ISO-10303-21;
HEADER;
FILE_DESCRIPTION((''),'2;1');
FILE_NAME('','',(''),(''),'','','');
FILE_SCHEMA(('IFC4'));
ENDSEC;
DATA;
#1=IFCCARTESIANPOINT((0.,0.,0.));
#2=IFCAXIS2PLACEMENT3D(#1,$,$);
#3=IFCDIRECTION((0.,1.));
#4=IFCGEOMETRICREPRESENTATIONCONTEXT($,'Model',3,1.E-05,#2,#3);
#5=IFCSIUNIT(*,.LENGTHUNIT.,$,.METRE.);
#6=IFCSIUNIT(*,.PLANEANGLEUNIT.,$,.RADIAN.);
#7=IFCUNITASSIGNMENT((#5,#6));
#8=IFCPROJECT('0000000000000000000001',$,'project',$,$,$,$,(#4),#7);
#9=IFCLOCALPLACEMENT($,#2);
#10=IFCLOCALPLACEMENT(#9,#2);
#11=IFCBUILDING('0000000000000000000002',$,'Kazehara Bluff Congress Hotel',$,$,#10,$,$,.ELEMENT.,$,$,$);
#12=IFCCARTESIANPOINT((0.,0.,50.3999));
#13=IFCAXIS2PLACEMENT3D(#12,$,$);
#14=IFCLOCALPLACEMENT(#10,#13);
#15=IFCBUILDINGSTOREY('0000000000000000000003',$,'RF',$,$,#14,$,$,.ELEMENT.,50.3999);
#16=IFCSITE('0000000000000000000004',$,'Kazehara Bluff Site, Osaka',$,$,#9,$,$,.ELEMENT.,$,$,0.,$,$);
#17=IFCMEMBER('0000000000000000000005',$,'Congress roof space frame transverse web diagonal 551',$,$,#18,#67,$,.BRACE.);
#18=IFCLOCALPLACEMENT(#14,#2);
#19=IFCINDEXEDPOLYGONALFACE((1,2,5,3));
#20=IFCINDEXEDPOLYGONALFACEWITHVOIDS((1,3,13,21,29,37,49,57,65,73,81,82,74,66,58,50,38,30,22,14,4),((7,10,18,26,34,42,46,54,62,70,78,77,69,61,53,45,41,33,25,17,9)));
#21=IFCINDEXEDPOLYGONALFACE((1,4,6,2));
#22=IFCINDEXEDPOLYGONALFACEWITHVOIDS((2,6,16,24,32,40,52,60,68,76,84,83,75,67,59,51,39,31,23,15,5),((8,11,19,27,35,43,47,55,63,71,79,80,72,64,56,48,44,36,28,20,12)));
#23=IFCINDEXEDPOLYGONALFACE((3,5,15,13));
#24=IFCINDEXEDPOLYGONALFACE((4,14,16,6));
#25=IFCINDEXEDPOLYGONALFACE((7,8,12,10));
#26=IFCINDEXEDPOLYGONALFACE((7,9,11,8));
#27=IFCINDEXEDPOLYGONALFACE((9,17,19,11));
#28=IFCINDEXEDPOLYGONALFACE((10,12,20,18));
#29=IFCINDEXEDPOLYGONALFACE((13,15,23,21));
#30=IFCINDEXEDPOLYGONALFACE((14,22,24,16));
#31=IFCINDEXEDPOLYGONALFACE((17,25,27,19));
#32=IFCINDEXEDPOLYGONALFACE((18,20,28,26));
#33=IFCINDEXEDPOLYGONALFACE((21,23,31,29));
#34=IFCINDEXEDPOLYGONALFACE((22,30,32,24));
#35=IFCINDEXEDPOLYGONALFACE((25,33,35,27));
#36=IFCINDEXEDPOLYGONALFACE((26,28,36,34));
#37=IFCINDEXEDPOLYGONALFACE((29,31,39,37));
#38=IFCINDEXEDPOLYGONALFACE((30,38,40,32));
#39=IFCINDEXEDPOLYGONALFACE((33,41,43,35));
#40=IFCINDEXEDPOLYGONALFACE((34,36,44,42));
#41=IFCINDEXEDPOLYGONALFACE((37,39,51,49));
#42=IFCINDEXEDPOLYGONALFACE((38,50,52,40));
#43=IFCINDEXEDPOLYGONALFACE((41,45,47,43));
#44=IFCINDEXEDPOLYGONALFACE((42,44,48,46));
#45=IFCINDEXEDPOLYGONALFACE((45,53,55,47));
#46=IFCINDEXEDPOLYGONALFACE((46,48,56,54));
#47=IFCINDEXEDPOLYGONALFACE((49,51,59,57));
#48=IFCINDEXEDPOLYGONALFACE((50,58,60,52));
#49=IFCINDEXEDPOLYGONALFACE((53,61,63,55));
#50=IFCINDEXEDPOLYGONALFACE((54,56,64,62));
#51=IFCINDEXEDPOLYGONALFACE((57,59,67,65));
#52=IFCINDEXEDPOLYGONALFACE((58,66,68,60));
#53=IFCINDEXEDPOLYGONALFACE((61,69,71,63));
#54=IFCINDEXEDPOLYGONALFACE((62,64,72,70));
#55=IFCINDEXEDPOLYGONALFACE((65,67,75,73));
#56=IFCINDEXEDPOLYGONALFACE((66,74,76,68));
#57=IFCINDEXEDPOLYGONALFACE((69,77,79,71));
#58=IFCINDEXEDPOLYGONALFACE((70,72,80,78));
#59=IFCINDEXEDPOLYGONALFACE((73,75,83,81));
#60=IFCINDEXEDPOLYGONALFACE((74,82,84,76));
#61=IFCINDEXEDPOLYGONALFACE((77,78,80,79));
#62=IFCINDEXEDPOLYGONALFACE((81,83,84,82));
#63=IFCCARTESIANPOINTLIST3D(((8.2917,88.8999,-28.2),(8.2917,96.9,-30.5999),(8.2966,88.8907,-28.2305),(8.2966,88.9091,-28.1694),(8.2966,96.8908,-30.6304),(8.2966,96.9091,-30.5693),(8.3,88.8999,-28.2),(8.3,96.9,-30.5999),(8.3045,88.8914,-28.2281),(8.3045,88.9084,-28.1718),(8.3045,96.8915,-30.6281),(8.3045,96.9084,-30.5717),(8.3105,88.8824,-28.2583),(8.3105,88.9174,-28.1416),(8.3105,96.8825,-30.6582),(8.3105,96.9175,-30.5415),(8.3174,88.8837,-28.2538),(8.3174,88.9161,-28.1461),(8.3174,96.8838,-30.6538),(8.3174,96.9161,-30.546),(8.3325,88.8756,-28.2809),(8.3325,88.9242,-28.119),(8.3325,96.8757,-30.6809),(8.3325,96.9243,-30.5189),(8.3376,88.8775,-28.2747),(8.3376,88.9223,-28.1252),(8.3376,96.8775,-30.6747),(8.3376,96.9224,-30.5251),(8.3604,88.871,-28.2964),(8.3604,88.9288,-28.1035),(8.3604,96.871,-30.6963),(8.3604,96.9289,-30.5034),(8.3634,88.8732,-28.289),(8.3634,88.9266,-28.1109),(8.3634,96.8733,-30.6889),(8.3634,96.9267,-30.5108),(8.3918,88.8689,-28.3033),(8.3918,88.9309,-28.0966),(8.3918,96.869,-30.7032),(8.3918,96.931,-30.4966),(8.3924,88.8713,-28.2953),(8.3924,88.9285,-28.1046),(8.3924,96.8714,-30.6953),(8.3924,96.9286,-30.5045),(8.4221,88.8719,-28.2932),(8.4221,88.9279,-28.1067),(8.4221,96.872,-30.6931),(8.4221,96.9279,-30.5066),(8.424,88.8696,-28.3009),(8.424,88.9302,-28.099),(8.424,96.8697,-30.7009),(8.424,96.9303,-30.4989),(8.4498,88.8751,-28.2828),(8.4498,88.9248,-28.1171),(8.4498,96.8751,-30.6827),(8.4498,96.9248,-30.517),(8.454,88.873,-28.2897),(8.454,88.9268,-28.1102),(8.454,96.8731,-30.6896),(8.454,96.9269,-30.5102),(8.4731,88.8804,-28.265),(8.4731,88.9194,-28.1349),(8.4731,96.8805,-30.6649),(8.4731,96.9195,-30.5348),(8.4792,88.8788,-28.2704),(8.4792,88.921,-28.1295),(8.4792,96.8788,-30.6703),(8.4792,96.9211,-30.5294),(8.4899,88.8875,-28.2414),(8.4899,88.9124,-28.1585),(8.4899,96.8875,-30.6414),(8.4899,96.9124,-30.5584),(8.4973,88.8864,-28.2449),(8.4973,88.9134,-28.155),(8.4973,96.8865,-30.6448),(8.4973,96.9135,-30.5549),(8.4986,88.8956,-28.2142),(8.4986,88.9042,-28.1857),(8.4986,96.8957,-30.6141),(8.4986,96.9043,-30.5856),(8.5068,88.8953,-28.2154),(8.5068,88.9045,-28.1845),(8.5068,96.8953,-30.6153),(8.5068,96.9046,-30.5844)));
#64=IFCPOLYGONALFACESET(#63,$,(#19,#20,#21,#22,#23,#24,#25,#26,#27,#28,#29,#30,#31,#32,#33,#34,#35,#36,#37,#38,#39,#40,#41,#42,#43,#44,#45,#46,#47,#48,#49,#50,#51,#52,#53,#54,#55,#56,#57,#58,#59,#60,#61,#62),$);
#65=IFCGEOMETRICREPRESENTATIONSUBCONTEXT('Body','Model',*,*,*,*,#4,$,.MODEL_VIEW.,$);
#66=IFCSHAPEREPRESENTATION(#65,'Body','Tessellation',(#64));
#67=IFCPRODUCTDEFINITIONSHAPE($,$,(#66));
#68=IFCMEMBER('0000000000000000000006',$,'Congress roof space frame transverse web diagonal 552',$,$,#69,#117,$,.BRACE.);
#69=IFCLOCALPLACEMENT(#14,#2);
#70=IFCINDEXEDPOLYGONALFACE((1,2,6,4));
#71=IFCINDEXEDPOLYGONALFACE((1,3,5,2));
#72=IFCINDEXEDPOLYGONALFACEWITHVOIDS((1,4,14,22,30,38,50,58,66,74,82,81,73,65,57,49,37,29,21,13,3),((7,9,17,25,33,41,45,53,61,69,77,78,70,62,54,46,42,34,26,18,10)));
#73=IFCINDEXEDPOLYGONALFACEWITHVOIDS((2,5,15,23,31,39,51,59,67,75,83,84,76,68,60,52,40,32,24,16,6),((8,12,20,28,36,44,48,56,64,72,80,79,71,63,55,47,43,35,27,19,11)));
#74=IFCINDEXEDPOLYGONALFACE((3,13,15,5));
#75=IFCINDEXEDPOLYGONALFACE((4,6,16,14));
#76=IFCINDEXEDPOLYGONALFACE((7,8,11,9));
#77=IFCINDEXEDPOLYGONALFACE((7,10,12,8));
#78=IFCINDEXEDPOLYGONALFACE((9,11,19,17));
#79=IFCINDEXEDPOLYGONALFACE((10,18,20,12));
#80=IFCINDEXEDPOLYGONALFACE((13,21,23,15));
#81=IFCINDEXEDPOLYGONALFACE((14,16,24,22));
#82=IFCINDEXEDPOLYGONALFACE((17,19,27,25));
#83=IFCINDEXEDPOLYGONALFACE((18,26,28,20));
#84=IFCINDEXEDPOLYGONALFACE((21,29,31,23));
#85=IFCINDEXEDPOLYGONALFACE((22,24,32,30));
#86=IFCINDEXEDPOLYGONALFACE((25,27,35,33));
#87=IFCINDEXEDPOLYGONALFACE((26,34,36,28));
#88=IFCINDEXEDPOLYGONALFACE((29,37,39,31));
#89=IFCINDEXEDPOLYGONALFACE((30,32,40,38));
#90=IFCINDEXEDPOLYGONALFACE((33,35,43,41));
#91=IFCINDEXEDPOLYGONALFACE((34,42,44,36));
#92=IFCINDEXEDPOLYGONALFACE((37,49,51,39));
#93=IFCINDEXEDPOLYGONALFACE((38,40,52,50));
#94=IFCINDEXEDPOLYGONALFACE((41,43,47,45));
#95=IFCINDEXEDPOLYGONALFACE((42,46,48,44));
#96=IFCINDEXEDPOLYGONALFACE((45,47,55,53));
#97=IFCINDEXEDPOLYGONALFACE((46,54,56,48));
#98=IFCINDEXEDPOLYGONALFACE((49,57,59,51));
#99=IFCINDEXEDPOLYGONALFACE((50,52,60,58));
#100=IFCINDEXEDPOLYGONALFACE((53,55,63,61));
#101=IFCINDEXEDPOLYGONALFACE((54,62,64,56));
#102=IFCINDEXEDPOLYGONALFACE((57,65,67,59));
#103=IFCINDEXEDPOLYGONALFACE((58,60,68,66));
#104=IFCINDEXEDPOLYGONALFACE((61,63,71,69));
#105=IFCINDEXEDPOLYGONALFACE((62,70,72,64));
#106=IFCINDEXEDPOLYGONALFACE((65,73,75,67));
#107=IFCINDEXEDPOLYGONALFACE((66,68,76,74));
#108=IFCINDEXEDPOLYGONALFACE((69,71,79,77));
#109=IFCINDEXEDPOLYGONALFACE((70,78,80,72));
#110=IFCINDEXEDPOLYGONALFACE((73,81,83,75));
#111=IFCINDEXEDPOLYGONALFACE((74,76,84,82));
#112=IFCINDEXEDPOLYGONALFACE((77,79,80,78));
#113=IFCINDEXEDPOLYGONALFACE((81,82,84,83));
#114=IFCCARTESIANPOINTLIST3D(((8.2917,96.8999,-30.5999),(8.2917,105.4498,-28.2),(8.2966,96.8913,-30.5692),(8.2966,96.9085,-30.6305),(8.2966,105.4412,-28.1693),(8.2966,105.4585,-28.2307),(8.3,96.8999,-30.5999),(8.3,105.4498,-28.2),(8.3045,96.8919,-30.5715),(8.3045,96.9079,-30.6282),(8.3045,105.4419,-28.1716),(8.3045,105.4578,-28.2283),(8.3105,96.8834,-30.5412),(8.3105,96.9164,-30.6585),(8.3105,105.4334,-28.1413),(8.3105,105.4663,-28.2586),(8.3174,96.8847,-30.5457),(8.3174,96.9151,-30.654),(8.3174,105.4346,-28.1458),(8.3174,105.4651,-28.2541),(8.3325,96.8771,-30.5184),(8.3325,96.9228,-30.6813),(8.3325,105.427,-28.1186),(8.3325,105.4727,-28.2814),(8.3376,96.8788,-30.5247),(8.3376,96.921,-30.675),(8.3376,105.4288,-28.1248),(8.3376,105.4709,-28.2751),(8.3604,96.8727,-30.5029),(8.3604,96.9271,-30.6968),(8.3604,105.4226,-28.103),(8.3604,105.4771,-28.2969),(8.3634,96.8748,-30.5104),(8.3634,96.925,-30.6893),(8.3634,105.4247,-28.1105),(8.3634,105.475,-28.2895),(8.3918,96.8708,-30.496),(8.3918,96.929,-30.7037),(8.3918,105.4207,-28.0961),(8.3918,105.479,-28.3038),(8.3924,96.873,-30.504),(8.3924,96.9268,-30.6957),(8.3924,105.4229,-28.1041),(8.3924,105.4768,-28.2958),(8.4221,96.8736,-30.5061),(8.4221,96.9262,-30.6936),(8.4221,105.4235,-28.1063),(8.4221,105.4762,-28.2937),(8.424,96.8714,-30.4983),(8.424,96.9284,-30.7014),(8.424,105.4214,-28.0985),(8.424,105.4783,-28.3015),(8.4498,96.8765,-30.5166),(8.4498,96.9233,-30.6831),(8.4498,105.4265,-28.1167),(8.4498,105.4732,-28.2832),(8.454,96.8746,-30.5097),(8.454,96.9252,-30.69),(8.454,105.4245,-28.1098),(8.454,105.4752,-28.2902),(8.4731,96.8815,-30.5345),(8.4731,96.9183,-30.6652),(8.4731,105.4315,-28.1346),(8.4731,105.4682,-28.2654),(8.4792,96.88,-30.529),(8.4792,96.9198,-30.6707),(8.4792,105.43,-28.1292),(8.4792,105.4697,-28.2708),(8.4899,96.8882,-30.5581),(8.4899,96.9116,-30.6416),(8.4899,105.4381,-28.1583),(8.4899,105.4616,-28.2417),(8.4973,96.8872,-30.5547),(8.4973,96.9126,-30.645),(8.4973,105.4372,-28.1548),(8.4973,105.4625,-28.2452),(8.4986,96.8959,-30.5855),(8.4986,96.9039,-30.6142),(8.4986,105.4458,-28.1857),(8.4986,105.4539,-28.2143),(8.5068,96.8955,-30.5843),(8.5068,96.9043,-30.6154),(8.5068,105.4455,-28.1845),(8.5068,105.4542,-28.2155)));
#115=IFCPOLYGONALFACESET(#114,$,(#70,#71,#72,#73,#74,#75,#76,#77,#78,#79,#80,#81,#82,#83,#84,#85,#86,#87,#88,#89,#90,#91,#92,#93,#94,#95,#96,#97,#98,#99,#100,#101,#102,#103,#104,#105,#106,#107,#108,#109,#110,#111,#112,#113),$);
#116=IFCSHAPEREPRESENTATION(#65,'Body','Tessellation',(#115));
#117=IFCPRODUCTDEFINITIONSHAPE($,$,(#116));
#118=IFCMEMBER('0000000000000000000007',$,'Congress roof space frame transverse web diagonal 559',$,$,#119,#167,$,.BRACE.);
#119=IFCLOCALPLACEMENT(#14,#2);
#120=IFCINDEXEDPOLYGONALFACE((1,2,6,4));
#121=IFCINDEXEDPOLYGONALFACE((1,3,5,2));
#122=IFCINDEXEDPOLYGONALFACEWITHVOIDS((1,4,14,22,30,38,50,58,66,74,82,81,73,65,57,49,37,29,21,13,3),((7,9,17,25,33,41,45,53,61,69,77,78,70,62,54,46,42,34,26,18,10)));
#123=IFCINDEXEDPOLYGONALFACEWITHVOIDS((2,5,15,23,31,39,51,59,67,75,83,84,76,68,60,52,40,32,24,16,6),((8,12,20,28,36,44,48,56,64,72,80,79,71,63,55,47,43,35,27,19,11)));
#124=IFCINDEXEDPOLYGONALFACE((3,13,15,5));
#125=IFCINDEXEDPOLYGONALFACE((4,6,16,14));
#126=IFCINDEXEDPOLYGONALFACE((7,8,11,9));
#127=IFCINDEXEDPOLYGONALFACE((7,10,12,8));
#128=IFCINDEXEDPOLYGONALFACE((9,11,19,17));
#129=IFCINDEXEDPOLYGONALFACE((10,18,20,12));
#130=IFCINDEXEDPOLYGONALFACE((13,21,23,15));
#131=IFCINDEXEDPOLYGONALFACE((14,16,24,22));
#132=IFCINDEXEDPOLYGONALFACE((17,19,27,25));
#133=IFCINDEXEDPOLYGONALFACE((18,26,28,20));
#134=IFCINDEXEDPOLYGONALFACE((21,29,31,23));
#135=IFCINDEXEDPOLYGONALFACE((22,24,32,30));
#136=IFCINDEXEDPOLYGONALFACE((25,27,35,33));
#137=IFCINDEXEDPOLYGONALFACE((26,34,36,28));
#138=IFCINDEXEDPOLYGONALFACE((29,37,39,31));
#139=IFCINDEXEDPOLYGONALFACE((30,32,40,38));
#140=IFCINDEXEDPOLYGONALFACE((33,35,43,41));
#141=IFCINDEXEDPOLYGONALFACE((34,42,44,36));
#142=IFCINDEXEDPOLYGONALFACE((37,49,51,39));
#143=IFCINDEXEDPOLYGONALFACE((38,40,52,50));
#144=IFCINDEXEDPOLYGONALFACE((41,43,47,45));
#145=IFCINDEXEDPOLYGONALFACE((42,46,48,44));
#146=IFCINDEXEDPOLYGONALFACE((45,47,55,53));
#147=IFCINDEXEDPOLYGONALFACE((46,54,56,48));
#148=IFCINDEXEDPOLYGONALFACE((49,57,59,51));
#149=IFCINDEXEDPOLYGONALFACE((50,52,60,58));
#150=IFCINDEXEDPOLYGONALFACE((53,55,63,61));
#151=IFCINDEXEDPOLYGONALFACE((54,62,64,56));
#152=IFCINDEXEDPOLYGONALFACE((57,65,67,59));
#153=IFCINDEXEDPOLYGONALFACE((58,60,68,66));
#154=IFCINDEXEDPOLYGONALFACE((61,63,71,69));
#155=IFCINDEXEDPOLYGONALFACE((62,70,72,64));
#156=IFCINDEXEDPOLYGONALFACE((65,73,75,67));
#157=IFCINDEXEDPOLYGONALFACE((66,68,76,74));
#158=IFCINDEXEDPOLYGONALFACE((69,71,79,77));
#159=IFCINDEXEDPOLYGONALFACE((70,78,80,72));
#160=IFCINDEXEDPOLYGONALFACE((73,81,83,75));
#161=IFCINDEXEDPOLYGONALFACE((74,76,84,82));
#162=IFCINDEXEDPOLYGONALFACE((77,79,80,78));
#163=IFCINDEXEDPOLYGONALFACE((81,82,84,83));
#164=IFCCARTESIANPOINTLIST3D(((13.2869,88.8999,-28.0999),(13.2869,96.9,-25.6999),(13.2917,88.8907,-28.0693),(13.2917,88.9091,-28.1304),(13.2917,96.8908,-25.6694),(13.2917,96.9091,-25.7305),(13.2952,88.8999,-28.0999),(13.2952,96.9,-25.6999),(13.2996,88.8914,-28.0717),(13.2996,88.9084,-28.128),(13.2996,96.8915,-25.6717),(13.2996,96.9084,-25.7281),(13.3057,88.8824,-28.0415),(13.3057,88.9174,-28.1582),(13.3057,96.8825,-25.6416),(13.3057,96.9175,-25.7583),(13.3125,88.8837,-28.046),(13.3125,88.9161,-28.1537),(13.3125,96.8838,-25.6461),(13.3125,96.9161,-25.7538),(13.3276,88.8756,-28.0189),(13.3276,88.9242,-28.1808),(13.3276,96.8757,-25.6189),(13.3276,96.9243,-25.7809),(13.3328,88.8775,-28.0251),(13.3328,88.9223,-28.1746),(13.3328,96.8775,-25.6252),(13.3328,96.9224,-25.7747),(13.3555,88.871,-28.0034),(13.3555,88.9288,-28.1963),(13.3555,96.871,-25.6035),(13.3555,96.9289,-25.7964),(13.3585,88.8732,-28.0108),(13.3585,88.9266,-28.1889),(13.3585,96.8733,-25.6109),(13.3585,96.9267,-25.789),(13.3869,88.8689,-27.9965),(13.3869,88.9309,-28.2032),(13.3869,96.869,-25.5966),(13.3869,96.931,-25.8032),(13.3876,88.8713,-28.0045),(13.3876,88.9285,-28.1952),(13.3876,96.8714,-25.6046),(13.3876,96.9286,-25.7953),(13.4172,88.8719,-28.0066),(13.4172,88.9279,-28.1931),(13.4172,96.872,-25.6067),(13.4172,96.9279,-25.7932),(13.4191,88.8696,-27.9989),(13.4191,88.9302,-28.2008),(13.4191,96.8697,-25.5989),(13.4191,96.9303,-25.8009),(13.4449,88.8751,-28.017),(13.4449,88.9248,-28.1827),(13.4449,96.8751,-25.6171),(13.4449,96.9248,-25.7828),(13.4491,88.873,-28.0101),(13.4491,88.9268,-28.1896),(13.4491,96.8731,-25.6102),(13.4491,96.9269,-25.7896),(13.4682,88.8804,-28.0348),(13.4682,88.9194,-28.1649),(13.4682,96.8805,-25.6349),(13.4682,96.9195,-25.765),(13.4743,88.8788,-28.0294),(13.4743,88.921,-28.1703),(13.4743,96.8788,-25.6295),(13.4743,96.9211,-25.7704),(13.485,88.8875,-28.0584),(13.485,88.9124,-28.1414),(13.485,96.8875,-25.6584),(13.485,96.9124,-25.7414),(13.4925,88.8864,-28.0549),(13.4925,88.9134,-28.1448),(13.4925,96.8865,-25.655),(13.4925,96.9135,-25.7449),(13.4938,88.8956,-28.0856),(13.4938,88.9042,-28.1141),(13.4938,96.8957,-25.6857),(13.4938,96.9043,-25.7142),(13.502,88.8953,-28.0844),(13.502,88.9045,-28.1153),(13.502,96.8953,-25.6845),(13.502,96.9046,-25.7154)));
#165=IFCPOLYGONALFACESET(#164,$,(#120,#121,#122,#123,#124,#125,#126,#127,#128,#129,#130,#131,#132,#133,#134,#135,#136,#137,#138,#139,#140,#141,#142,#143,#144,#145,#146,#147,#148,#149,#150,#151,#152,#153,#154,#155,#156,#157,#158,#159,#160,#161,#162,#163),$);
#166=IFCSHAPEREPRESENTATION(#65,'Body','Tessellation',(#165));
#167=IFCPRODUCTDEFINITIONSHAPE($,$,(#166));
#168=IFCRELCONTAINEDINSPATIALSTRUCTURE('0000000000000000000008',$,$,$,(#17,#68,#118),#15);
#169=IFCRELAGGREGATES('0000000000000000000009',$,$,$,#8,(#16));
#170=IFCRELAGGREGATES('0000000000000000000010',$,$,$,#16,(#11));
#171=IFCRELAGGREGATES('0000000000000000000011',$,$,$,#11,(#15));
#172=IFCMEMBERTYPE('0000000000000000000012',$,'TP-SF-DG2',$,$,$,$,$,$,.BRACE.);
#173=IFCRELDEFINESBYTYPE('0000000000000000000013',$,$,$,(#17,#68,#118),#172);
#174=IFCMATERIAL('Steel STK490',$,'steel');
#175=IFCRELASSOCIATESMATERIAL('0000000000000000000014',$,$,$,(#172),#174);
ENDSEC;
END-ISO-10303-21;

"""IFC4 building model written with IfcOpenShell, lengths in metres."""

from ifc_helpers import new_model, si_unit, direction, frame, origin, origin_2d, place, context, subcontext, project, spatial, hollow_circle, extrude, material, material_profile, profile_set, type_object, element, save


model = new_model("IFC4")

# Units and contexts
model_context = context("Model", 3, precision=1e-05, world=origin(), true_north=direction((0.0, 1.0)))
body_context = subcontext(model_context, "Body", "Model", "MODEL_VIEW")
ifc_project = project(units=[si_unit("LENGTHUNIT", "METRE"), si_unit("PLANEANGLEUNIT", "RADIAN")], contexts=[model_context])

# Site, building, storey
site_placement = place(None, origin())
site = spatial("IfcSite", under=ifc_project, at=site_placement, Name="Kazehara Bluff Site, Osaka", CompositionType="ELEMENT", RefElevation=0.0)
building_placement = place(site_placement, origin())
building = spatial("IfcBuilding", under=site, at=building_placement, Name="Kazehara Bluff Congress Hotel", CompositionType="ELEMENT")
storey_placement = place(building_placement, frame((0.0, 0.0, 50.3999)))
storey = spatial("IfcBuildingStorey", under=building, at=storey_placement, Name="RF", CompositionType="ELEMENT", Elevation=50.3999)

# Members
ifc_material_1 = material(Name="Steel STK490", Category="steel")
ifc_material_profile_1 = material_profile(ifc_material_1, hollow_circle(Radius=0.1082, WallThickness=0.0083, at=origin_2d()))
ifc_profile_set_1 = profile_set([ifc_material_profile_1], Name="Steel STK490")
member_type_1 = type_object("IfcMemberType", Name="TP-SF-DG2", PredefinedType="BRACE", material=ifc_profile_set_1)
member_1_placement = place(storey_placement, frame((8.3999, 88.8999, -28.2), z_axis=(0.0, 0.95783, -0.287337), x_axis=(-1.0, 0.0, 0.0)))
element("IfcMember", 1, at=member_1_placement, inside=storey, type_object=member_type_1, Name="Congress roof space frame transverse web diagonal 551", PredefinedType="BRACE", context=body_context, shape_type="SweptSolid", body=[
    extrude(hollow_circle(Radius=0.1082, WallThickness=0.0083, at=origin_2d()), origin(), (0.0, 0.0, 1.0), 8.3523),
])
member_2_placement = place(storey_placement, frame((8.3999, 96.8999, -30.5999), z_axis=(0.0, 0.962792, 0.270245), x_axis=(-1.0, 0.0, 0.0)))
element("IfcMember", 2, at=member_2_placement, inside=storey, type_object=member_type_1, Name="Congress roof space frame transverse web diagonal 552", PredefinedType="BRACE", context=body_context, shape_type="SweptSolid", body=[
    extrude(hollow_circle(Radius=0.1082, WallThickness=0.0083, at=origin_2d()), origin(), (0.0, 0.0, 1.0), 8.8804),
])
member_3_placement = place(storey_placement, frame((13.395, 88.8999, -28.0999), z_axis=(0.0, 0.95783, 0.287337), x_axis=(-1.0, 0.0, 0.0)))
element("IfcMember", 3, at=member_3_placement, inside=storey, type_object=member_type_1, Name="Congress roof space frame transverse web diagonal 559", PredefinedType="BRACE", context=body_context, shape_type="SweptSolid", body=[
    extrude(hollow_circle(Radius=0.1082, WallThickness=0.0083, at=origin_2d()), origin(), (0.0, 0.0, 1.0), 8.3523),
])

save(model, "model.ifc")
